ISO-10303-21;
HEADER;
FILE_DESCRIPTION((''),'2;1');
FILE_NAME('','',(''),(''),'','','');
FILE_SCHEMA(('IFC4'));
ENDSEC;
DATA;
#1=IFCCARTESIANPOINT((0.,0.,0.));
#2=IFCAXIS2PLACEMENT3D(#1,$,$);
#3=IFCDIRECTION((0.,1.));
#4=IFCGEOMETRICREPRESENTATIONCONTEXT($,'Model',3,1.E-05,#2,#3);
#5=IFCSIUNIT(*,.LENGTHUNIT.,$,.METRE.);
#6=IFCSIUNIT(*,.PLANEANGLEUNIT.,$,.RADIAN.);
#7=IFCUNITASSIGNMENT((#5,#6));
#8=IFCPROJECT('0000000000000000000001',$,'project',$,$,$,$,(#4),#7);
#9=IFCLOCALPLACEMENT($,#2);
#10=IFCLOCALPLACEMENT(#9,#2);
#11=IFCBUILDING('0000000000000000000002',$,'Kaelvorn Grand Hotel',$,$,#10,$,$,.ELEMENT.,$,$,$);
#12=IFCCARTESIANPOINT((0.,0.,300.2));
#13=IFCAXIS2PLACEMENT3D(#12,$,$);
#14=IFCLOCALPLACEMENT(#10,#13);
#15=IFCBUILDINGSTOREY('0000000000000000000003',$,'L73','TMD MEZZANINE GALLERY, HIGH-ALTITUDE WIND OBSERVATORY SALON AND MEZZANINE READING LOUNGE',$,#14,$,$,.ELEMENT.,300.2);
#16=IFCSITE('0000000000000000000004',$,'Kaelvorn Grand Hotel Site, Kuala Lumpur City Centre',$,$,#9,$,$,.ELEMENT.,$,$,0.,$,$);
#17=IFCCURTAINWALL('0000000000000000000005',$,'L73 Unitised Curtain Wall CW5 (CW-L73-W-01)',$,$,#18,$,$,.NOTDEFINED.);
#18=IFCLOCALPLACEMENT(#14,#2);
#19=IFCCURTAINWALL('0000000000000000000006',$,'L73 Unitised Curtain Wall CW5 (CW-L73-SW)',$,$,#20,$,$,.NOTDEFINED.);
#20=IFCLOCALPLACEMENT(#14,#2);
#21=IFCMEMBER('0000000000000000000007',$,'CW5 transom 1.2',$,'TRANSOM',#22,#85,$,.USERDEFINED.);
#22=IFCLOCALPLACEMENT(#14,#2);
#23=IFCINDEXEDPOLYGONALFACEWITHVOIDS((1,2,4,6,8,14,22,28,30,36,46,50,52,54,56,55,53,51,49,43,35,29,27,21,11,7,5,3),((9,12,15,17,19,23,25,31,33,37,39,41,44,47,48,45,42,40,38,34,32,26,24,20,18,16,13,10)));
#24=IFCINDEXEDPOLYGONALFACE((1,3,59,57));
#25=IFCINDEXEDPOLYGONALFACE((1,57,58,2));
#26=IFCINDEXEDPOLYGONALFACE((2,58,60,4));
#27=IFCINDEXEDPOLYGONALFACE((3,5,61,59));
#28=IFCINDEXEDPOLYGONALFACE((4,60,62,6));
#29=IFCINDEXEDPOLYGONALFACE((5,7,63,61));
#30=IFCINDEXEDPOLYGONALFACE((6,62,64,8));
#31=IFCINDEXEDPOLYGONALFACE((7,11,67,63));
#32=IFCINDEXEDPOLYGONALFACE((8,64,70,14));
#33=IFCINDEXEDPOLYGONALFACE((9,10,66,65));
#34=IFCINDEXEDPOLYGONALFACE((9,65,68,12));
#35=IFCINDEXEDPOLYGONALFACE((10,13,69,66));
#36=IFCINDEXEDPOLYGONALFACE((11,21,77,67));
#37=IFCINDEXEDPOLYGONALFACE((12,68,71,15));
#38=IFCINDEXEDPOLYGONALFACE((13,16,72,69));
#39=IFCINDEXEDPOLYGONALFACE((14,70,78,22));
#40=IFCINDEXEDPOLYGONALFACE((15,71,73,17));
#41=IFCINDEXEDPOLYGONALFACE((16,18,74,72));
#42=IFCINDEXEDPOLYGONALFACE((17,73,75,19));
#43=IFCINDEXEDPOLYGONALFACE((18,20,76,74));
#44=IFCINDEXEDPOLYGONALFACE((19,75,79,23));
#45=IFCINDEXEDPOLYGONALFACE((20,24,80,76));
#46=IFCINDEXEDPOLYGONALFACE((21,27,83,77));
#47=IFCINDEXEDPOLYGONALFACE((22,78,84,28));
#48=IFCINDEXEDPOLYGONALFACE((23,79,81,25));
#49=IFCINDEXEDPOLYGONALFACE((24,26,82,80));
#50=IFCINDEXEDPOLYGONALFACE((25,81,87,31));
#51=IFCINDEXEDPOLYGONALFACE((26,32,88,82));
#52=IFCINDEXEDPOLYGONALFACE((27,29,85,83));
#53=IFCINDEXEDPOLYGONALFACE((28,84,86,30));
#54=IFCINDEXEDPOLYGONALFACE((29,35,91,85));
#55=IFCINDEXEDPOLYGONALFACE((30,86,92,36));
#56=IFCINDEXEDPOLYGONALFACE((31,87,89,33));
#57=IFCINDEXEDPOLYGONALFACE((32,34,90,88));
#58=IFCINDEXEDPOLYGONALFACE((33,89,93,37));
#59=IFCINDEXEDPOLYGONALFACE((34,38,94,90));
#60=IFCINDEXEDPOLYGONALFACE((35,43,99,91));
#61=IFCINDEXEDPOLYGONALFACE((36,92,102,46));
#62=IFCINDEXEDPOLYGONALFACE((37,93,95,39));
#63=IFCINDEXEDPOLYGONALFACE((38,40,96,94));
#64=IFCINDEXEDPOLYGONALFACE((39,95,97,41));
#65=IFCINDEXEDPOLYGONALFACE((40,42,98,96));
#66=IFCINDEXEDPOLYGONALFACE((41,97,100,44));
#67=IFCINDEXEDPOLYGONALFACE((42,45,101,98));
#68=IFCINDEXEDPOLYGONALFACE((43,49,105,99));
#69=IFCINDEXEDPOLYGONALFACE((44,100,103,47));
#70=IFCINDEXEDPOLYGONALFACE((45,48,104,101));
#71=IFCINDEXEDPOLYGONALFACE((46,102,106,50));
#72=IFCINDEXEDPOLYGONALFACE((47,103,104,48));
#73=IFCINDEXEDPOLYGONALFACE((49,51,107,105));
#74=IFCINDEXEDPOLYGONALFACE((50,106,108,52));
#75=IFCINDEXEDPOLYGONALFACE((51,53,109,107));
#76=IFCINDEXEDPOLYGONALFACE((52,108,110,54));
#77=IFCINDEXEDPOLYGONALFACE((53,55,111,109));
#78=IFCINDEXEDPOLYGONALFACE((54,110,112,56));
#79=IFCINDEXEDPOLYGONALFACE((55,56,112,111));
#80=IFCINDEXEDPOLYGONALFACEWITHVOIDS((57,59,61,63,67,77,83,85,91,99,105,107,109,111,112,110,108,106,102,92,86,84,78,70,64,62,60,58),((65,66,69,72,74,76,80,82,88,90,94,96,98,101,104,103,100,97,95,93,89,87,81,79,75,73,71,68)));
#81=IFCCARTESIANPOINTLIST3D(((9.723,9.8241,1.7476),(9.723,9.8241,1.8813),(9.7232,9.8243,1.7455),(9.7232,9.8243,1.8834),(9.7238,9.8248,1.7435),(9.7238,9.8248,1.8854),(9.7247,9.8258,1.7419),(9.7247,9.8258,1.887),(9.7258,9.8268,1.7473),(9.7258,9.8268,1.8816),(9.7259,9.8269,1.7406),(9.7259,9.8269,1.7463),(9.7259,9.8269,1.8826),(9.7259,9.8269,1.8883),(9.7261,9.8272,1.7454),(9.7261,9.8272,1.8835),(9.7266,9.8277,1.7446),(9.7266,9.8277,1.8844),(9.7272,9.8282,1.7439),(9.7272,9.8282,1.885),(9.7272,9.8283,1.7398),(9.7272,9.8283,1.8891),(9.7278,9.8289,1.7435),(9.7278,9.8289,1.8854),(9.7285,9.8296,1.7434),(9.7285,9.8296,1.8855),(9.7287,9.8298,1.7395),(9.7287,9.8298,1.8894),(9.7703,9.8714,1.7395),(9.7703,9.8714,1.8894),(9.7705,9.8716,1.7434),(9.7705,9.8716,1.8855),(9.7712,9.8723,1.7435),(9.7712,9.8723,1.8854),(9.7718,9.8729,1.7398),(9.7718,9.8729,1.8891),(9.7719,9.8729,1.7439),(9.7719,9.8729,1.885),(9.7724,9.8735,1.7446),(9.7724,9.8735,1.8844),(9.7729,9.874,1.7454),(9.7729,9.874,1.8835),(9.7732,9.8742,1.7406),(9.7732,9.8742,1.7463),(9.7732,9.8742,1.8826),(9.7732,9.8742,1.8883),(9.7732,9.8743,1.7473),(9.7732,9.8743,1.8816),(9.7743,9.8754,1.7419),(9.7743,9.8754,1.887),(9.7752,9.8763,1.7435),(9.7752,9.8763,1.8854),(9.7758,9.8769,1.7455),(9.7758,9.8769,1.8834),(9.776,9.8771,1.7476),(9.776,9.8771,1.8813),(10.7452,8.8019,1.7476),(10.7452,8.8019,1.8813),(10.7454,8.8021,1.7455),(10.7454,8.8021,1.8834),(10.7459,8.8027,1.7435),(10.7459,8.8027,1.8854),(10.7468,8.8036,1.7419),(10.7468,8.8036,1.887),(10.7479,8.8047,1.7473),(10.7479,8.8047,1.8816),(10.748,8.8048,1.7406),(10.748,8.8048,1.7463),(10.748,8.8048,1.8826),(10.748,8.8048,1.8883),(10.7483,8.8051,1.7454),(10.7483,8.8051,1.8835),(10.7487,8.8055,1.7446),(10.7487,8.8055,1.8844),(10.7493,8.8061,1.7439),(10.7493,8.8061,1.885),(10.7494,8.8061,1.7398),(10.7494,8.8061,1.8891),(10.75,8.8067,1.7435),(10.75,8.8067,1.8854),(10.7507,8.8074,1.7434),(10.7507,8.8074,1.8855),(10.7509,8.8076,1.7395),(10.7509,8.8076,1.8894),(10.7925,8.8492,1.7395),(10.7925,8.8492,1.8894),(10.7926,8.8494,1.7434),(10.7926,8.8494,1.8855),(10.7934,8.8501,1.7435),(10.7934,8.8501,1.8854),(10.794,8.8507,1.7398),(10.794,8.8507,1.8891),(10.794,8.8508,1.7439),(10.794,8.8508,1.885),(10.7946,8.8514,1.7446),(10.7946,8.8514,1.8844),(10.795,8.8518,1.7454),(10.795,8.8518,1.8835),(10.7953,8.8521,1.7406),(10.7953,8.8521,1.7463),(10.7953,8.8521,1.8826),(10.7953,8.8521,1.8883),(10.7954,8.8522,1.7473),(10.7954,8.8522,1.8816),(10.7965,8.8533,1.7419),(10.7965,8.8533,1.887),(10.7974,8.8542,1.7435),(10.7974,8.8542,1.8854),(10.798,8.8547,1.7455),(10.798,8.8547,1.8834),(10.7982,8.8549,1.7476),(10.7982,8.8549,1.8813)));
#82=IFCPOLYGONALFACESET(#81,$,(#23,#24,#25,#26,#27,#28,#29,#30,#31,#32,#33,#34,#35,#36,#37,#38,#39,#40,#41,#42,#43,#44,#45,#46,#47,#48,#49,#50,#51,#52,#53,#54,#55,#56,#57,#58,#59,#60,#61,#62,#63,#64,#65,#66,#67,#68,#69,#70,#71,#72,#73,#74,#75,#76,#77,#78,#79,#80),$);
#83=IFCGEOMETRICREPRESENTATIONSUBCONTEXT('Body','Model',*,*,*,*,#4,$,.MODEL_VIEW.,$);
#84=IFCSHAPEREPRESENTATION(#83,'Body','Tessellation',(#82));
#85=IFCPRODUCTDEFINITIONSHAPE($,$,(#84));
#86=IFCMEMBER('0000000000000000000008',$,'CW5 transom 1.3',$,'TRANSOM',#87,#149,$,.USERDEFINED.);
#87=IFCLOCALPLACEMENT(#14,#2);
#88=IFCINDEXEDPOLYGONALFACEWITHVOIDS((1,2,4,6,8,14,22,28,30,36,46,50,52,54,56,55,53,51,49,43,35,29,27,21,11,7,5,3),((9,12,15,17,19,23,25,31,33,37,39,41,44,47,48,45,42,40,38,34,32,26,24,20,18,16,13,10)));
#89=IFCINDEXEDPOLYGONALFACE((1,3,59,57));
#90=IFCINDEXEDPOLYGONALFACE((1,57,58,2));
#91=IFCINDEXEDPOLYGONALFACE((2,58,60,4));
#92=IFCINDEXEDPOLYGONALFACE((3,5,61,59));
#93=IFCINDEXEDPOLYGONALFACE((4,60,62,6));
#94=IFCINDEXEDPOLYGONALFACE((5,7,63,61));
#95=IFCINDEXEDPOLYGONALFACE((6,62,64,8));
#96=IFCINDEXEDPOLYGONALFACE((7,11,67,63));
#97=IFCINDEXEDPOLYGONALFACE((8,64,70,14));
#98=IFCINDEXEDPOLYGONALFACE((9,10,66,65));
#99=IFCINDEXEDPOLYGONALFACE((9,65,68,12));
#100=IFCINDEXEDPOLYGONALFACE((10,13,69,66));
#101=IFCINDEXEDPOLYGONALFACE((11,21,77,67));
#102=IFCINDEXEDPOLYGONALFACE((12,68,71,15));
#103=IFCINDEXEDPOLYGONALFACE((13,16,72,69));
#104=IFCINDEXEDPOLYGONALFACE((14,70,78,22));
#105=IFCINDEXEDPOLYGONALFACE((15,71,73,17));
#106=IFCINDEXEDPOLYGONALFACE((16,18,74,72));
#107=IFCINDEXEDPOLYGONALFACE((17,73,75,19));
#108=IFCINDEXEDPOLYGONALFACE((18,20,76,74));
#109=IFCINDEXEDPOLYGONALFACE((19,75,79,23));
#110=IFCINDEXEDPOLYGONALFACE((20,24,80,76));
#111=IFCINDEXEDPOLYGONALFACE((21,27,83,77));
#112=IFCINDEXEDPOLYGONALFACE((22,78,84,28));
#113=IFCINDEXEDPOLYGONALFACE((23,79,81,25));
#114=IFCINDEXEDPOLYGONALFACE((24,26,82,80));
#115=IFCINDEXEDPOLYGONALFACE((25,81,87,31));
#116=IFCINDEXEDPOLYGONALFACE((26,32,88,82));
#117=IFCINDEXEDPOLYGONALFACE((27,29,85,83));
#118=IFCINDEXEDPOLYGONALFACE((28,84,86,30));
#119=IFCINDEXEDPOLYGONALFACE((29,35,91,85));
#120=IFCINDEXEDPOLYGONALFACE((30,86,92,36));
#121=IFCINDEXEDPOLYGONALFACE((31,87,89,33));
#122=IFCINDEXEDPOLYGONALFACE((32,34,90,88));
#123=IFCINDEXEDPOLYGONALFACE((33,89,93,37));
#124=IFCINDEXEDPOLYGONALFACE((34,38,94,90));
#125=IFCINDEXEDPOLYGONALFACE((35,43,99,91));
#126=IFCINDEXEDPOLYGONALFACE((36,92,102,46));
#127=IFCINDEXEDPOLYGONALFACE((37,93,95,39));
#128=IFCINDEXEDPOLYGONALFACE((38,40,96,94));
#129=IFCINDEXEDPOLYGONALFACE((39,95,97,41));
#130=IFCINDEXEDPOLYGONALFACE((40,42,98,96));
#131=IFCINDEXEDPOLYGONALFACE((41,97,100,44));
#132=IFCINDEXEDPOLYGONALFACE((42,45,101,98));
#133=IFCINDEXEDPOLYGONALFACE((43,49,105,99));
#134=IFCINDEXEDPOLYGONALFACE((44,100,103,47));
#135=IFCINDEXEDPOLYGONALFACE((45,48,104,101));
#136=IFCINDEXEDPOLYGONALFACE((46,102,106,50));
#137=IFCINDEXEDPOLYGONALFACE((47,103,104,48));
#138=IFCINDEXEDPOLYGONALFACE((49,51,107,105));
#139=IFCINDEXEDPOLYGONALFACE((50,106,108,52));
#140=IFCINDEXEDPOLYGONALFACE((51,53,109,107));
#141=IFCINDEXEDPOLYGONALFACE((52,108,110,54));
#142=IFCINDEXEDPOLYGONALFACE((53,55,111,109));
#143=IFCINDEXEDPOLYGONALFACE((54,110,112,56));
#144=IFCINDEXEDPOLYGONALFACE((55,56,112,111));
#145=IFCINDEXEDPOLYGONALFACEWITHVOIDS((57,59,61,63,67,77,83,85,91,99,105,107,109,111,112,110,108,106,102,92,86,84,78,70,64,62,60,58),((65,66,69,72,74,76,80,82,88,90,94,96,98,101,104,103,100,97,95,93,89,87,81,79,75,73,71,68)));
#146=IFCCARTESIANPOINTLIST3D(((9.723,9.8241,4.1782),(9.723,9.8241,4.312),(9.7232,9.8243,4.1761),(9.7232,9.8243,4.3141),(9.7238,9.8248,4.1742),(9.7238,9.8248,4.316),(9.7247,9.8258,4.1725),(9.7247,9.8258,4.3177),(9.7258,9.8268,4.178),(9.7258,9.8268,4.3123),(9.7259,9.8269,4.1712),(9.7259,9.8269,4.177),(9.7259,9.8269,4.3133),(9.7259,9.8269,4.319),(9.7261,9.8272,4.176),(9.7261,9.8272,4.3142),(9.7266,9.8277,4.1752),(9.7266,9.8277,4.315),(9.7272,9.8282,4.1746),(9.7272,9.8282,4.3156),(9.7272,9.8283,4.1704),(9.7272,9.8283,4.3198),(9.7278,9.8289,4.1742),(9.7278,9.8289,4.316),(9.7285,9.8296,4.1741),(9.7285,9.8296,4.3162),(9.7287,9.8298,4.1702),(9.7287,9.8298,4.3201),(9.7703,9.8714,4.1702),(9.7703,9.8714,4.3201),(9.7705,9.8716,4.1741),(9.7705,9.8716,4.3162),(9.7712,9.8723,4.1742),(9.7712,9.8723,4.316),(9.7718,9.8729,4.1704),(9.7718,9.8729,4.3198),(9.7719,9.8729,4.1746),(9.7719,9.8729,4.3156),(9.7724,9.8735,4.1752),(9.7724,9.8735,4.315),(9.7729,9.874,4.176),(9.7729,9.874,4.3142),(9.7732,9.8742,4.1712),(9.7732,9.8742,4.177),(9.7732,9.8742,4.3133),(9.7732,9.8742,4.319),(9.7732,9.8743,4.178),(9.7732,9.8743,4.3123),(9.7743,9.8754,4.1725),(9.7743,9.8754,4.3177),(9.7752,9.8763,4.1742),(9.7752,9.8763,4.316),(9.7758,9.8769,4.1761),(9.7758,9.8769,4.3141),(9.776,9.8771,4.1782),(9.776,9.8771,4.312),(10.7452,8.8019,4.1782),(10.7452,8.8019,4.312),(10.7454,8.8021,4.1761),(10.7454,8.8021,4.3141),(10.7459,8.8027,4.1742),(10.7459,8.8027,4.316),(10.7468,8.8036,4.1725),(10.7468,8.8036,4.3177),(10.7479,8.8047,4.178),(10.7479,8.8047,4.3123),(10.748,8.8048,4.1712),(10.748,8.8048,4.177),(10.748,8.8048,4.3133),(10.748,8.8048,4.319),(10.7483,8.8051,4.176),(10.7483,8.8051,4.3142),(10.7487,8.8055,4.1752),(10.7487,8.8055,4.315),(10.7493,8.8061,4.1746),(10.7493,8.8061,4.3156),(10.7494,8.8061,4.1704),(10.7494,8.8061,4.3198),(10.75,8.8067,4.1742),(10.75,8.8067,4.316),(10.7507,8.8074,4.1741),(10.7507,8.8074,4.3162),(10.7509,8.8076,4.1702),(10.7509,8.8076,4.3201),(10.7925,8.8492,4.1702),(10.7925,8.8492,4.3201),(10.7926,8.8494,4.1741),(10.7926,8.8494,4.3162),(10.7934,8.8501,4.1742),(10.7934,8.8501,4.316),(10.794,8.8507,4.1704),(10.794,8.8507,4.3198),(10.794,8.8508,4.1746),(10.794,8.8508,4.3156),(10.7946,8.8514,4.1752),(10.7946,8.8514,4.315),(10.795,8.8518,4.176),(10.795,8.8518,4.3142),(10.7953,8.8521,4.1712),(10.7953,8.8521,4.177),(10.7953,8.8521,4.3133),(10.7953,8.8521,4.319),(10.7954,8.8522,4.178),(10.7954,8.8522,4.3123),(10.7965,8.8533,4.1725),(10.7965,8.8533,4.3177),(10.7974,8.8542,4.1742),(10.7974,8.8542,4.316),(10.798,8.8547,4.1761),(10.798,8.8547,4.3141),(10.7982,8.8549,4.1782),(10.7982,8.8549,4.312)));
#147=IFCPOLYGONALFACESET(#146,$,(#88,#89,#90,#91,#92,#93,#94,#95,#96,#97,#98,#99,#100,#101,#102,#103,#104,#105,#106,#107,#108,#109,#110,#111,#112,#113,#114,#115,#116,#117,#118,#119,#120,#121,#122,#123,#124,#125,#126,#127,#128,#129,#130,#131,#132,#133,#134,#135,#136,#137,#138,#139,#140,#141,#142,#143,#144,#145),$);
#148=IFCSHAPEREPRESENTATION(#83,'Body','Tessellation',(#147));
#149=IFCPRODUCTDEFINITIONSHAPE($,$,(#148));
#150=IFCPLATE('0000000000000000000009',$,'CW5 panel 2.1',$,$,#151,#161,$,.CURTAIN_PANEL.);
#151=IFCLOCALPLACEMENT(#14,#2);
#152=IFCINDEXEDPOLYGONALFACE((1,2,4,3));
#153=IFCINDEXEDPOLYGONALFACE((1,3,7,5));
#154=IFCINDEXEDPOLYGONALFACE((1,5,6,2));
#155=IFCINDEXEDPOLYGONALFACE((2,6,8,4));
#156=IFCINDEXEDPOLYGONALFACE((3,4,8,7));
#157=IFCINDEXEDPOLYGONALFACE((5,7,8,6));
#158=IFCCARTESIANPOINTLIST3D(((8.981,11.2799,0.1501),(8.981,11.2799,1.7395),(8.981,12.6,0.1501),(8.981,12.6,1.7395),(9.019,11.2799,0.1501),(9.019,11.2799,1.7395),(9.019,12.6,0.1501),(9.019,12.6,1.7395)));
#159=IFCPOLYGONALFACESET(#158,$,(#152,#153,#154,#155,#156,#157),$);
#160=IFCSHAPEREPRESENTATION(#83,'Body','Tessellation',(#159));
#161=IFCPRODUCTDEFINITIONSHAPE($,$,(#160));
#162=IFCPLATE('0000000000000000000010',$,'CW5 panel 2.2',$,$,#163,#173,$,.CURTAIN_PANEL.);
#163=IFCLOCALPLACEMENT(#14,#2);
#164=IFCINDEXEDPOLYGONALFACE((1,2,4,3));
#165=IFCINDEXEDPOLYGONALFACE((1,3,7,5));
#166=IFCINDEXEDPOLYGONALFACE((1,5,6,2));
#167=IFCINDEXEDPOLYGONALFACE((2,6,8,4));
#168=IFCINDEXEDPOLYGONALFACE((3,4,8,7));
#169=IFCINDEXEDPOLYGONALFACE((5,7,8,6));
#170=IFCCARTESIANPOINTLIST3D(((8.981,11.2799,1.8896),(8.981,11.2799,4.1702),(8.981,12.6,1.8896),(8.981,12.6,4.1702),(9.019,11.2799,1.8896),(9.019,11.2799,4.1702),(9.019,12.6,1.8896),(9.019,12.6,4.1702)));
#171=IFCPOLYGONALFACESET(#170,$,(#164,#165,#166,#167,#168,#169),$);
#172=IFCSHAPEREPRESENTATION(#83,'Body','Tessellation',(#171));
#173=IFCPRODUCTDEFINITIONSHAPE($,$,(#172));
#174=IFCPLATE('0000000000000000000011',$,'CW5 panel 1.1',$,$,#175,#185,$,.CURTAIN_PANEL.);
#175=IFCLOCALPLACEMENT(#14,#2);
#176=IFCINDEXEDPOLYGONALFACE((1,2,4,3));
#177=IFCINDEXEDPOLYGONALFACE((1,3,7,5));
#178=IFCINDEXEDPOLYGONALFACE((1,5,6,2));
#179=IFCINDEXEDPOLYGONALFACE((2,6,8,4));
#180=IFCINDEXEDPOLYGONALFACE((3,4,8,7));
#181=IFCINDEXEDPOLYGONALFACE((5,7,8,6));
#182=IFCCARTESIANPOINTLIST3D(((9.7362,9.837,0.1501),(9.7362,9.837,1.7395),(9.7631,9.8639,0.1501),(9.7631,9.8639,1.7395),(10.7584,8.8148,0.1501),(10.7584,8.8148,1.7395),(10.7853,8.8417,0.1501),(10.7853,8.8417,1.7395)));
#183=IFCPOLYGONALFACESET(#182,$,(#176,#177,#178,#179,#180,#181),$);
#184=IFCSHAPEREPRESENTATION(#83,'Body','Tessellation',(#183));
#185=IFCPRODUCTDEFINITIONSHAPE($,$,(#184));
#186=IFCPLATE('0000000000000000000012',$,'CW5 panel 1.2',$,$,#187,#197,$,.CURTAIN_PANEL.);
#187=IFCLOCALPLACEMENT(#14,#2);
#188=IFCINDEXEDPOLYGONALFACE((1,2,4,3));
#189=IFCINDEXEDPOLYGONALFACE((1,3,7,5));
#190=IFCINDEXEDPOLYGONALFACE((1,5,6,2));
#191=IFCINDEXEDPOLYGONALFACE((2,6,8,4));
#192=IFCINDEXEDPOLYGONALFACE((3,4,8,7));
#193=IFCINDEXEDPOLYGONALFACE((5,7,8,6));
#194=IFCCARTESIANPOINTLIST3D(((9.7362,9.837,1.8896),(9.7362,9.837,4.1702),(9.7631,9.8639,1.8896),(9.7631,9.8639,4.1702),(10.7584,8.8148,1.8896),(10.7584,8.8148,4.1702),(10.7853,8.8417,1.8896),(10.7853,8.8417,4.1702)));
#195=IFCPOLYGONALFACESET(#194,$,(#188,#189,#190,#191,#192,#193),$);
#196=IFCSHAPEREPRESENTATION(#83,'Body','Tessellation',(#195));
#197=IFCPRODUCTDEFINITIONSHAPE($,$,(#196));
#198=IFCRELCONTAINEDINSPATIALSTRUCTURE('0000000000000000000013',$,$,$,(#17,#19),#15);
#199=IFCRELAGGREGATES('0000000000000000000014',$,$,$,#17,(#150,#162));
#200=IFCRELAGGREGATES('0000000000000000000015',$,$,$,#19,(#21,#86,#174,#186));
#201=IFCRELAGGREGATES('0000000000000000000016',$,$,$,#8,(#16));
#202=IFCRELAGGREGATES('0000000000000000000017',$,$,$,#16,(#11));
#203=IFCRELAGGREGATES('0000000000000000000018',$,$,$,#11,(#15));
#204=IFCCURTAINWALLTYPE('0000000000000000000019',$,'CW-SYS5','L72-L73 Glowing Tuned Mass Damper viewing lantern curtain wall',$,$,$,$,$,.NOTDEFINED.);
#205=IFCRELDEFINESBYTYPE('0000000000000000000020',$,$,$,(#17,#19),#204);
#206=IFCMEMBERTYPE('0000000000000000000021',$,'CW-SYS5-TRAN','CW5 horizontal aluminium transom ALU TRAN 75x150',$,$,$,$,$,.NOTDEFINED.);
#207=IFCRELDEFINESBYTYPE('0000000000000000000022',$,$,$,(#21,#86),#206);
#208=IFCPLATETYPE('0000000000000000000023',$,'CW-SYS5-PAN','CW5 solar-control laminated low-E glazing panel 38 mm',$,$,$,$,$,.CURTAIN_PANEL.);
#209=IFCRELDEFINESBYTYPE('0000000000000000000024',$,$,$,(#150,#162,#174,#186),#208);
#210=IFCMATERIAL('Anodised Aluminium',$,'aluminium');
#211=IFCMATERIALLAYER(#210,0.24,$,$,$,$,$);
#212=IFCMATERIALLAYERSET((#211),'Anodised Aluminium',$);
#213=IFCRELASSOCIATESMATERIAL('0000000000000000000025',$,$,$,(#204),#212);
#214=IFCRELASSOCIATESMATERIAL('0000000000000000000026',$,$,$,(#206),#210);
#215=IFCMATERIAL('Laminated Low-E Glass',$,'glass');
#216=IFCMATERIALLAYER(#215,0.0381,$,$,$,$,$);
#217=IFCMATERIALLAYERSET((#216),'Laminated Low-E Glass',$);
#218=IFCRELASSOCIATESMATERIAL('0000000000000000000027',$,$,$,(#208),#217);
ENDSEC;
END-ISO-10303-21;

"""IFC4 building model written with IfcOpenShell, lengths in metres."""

from ifc_helpers import new_model, si_unit, direction, frame, origin, origin_2d, place, context, subcontext, project, spatial, rectangle, hollow_rectangle, extrude, material, layer, layer_set, material_profile, profile_set, type_object, element, aggregate, save


model = new_model("IFC4")

# Units and contexts
model_context = context("Model", 3, precision=1e-05, world=origin(), true_north=direction((0.0, 1.0)))
body_context = subcontext(model_context, "Body", "Model", "MODEL_VIEW")
ifc_project = project(units=[si_unit("LENGTHUNIT", "METRE"), si_unit("PLANEANGLEUNIT", "RADIAN")], contexts=[model_context])

# Site, building, storey
site_placement = place(None, origin())
site = spatial("IfcSite", under=ifc_project, at=site_placement, Name="Kaelvorn Grand Hotel Site, Kuala Lumpur City Centre", CompositionType="ELEMENT", RefElevation=0.0)
building_placement = place(site_placement, origin())
building = spatial("IfcBuilding", under=site, at=building_placement, Name="Kaelvorn Grand Hotel", CompositionType="ELEMENT")
storey_placement = place(building_placement, frame((0.0, 0.0, 300.2)))
storey = spatial("IfcBuildingStorey", under=building, at=storey_placement, Name="L73", Description="TMD MEZZANINE GALLERY, HIGH-ALTITUDE WIND OBSERVATORY SALON AND MEZZANINE READING LOUNGE", CompositionType="ELEMENT", Elevation=300.2)

# Curtain wall
ifc_material_1 = material(Name="Anodised Aluminium", Category="aluminium")
ifc_layer_1 = layer(ifc_material_1, 0.24)
ifc_layer_set_1 = layer_set([ifc_layer_1], Name="Anodised Aluminium")
curtain_wall_type = type_object("IfcCurtainWallType", Name="CW-SYS5", Description="L72-L73 Glowing Tuned Mass Damper viewing lantern curtain wall", PredefinedType="NOTDEFINED", material=ifc_layer_set_1)
curtain_wall_1_placement = place(storey_placement, origin())
curtain_wall_1 = element("IfcCurtainWall", 1, at=curtain_wall_1_placement, inside=storey, type_object=curtain_wall_type, Name="L73 Unitised Curtain Wall CW5 (CW-L73-W-01)", PredefinedType="NOTDEFINED")

# Curtain wall
curtain_wall_2_placement = place(storey_placement, origin())
curtain_wall_2 = element("IfcCurtainWall", 2, at=curtain_wall_2_placement, inside=storey, type_object=curtain_wall_type, Name="L73 Unitised Curtain Wall CW5 (CW-L73-SW)", PredefinedType="NOTDEFINED")

# Members
ifc_material_profile_1 = material_profile(ifc_material_1, hollow_rectangle(XDim=0.075, YDim=0.1499, WallThickness=0.0039, InnerFilletRadius=0.0039, OuterFilletRadius=0.0081, at=origin_2d()), Name="ALU TRAN 75x150")
ifc_profile_set_1 = profile_set([ifc_material_profile_1], Name="Anodised Aluminium")
member_type_1 = type_object("IfcMemberType", Name="CW-SYS5-TRAN", Description="CW5 horizontal aluminium transom ALU TRAN 75x150", PredefinedType="NOTDEFINED", material=ifc_profile_set_1)
member_1_placement = place(storey_placement, frame((9.7495, 9.8506, 1.8145), z_axis=(0.707107, -0.707107, 0.0), x_axis=(0.707107, 0.707107, 0.0)))
member_1 = element("IfcMember", 3, at=member_1_placement, type_object=member_type_1, Name="CW5 transom 1.2", ObjectType="TRANSOM", PredefinedType="USERDEFINED", context=body_context, shape_type="SweptSolid", body=[
    extrude(hollow_rectangle(XDim=0.075, YDim=0.1499, WallThickness=0.0039, InnerFilletRadius=0.0039, OuterFilletRadius=0.0081, at=origin_2d()), origin(), (0.0, 0.0, 1.0), 1.4456),
])
member_2_placement = place(storey_placement, frame((9.7495, 9.8506, 4.2451), z_axis=(0.707107, -0.707107, 0.0), x_axis=(0.707107, 0.707107, 0.0)))
member_2 = element("IfcMember", 4, at=member_2_placement, type_object=member_type_1, Name="CW5 transom 1.3", ObjectType="TRANSOM", PredefinedType="USERDEFINED", context=body_context, shape_type="SweptSolid", body=[
    extrude(hollow_rectangle(XDim=0.075, YDim=0.1499, WallThickness=0.0039, InnerFilletRadius=0.0039, OuterFilletRadius=0.0081, at=origin_2d()), origin(), (0.0, 0.0, 1.0), 1.4456),
])

# Plates
ifc_material_2 = material(Name="Laminated Low-E Glass", Category="glass")
ifc_layer_2 = layer(ifc_material_2, 0.0381)
ifc_layer_set_2 = layer_set([ifc_layer_2], Name="Laminated Low-E Glass")
plate_type = type_object("IfcPlateType", Name="CW-SYS5-PAN", Description="CW5 solar-control laminated low-E glazing panel 38 mm", PredefinedType="CURTAIN_PANEL", material=ifc_layer_set_2)
plate_1_placement = place(storey_placement, frame((9.0, 11.9399, 0.1501), z_axis=(0.0, 0.0, 1.0), x_axis=(0.0, -1.0, 0.0)))
plate_1 = element("IfcPlate", 5, at=plate_1_placement, type_object=plate_type, Name="CW5 panel 2.1", PredefinedType="CURTAIN_PANEL", context=body_context, shape_type="SweptSolid", body=[
    extrude(rectangle(XDim=1.3201, YDim=0.0381, at=origin_2d()), origin(), (0.0, 0.0, 1.0), 1.5894),
])
plate_2_placement = place(storey_placement, frame((9.0, 11.9399, 1.8896), z_axis=(0.0, 0.0, 1.0), x_axis=(0.0, -1.0, 0.0)))
plate_2 = element("IfcPlate", 6, at=plate_2_placement, type_object=plate_type, Name="CW5 panel 2.2", PredefinedType="CURTAIN_PANEL", context=body_context, shape_type="SweptSolid", body=[
    extrude(rectangle(XDim=1.3201, YDim=0.0381, at=origin_2d()), origin(), (0.0, 0.0, 1.0), 2.2805),
])
aggregate(curtain_wall_1, [plate_1, plate_2])
plate_3_placement = place(storey_placement, frame((10.2607, 9.3394, 0.1501), z_axis=(0.0, 0.0, 1.0), x_axis=(0.707107, -0.707107, 0.0)))
plate_3 = element("IfcPlate", 7, at=plate_3_placement, type_object=plate_type, Name="CW5 panel 1.1", PredefinedType="CURTAIN_PANEL", context=body_context, shape_type="SweptSolid", body=[
    extrude(rectangle(XDim=1.4456, YDim=0.0381, at=origin_2d()), origin(), (0.0, 0.0, 1.0), 1.5894),
])
plate_4_placement = place(storey_placement, frame((10.2607, 9.3394, 1.8896), z_axis=(0.0, 0.0, 1.0), x_axis=(0.707107, -0.707107, 0.0)))
plate_4 = element("IfcPlate", 8, at=plate_4_placement, type_object=plate_type, Name="CW5 panel 1.2", PredefinedType="CURTAIN_PANEL", context=body_context, shape_type="SweptSolid", body=[
    extrude(rectangle(XDim=1.4456, YDim=0.0381, at=origin_2d()), origin(), (0.0, 0.0, 1.0), 2.2805),
])
aggregate(curtain_wall_2, [member_1, member_2, plate_3, plate_4])

save(model, "model.ifc")
